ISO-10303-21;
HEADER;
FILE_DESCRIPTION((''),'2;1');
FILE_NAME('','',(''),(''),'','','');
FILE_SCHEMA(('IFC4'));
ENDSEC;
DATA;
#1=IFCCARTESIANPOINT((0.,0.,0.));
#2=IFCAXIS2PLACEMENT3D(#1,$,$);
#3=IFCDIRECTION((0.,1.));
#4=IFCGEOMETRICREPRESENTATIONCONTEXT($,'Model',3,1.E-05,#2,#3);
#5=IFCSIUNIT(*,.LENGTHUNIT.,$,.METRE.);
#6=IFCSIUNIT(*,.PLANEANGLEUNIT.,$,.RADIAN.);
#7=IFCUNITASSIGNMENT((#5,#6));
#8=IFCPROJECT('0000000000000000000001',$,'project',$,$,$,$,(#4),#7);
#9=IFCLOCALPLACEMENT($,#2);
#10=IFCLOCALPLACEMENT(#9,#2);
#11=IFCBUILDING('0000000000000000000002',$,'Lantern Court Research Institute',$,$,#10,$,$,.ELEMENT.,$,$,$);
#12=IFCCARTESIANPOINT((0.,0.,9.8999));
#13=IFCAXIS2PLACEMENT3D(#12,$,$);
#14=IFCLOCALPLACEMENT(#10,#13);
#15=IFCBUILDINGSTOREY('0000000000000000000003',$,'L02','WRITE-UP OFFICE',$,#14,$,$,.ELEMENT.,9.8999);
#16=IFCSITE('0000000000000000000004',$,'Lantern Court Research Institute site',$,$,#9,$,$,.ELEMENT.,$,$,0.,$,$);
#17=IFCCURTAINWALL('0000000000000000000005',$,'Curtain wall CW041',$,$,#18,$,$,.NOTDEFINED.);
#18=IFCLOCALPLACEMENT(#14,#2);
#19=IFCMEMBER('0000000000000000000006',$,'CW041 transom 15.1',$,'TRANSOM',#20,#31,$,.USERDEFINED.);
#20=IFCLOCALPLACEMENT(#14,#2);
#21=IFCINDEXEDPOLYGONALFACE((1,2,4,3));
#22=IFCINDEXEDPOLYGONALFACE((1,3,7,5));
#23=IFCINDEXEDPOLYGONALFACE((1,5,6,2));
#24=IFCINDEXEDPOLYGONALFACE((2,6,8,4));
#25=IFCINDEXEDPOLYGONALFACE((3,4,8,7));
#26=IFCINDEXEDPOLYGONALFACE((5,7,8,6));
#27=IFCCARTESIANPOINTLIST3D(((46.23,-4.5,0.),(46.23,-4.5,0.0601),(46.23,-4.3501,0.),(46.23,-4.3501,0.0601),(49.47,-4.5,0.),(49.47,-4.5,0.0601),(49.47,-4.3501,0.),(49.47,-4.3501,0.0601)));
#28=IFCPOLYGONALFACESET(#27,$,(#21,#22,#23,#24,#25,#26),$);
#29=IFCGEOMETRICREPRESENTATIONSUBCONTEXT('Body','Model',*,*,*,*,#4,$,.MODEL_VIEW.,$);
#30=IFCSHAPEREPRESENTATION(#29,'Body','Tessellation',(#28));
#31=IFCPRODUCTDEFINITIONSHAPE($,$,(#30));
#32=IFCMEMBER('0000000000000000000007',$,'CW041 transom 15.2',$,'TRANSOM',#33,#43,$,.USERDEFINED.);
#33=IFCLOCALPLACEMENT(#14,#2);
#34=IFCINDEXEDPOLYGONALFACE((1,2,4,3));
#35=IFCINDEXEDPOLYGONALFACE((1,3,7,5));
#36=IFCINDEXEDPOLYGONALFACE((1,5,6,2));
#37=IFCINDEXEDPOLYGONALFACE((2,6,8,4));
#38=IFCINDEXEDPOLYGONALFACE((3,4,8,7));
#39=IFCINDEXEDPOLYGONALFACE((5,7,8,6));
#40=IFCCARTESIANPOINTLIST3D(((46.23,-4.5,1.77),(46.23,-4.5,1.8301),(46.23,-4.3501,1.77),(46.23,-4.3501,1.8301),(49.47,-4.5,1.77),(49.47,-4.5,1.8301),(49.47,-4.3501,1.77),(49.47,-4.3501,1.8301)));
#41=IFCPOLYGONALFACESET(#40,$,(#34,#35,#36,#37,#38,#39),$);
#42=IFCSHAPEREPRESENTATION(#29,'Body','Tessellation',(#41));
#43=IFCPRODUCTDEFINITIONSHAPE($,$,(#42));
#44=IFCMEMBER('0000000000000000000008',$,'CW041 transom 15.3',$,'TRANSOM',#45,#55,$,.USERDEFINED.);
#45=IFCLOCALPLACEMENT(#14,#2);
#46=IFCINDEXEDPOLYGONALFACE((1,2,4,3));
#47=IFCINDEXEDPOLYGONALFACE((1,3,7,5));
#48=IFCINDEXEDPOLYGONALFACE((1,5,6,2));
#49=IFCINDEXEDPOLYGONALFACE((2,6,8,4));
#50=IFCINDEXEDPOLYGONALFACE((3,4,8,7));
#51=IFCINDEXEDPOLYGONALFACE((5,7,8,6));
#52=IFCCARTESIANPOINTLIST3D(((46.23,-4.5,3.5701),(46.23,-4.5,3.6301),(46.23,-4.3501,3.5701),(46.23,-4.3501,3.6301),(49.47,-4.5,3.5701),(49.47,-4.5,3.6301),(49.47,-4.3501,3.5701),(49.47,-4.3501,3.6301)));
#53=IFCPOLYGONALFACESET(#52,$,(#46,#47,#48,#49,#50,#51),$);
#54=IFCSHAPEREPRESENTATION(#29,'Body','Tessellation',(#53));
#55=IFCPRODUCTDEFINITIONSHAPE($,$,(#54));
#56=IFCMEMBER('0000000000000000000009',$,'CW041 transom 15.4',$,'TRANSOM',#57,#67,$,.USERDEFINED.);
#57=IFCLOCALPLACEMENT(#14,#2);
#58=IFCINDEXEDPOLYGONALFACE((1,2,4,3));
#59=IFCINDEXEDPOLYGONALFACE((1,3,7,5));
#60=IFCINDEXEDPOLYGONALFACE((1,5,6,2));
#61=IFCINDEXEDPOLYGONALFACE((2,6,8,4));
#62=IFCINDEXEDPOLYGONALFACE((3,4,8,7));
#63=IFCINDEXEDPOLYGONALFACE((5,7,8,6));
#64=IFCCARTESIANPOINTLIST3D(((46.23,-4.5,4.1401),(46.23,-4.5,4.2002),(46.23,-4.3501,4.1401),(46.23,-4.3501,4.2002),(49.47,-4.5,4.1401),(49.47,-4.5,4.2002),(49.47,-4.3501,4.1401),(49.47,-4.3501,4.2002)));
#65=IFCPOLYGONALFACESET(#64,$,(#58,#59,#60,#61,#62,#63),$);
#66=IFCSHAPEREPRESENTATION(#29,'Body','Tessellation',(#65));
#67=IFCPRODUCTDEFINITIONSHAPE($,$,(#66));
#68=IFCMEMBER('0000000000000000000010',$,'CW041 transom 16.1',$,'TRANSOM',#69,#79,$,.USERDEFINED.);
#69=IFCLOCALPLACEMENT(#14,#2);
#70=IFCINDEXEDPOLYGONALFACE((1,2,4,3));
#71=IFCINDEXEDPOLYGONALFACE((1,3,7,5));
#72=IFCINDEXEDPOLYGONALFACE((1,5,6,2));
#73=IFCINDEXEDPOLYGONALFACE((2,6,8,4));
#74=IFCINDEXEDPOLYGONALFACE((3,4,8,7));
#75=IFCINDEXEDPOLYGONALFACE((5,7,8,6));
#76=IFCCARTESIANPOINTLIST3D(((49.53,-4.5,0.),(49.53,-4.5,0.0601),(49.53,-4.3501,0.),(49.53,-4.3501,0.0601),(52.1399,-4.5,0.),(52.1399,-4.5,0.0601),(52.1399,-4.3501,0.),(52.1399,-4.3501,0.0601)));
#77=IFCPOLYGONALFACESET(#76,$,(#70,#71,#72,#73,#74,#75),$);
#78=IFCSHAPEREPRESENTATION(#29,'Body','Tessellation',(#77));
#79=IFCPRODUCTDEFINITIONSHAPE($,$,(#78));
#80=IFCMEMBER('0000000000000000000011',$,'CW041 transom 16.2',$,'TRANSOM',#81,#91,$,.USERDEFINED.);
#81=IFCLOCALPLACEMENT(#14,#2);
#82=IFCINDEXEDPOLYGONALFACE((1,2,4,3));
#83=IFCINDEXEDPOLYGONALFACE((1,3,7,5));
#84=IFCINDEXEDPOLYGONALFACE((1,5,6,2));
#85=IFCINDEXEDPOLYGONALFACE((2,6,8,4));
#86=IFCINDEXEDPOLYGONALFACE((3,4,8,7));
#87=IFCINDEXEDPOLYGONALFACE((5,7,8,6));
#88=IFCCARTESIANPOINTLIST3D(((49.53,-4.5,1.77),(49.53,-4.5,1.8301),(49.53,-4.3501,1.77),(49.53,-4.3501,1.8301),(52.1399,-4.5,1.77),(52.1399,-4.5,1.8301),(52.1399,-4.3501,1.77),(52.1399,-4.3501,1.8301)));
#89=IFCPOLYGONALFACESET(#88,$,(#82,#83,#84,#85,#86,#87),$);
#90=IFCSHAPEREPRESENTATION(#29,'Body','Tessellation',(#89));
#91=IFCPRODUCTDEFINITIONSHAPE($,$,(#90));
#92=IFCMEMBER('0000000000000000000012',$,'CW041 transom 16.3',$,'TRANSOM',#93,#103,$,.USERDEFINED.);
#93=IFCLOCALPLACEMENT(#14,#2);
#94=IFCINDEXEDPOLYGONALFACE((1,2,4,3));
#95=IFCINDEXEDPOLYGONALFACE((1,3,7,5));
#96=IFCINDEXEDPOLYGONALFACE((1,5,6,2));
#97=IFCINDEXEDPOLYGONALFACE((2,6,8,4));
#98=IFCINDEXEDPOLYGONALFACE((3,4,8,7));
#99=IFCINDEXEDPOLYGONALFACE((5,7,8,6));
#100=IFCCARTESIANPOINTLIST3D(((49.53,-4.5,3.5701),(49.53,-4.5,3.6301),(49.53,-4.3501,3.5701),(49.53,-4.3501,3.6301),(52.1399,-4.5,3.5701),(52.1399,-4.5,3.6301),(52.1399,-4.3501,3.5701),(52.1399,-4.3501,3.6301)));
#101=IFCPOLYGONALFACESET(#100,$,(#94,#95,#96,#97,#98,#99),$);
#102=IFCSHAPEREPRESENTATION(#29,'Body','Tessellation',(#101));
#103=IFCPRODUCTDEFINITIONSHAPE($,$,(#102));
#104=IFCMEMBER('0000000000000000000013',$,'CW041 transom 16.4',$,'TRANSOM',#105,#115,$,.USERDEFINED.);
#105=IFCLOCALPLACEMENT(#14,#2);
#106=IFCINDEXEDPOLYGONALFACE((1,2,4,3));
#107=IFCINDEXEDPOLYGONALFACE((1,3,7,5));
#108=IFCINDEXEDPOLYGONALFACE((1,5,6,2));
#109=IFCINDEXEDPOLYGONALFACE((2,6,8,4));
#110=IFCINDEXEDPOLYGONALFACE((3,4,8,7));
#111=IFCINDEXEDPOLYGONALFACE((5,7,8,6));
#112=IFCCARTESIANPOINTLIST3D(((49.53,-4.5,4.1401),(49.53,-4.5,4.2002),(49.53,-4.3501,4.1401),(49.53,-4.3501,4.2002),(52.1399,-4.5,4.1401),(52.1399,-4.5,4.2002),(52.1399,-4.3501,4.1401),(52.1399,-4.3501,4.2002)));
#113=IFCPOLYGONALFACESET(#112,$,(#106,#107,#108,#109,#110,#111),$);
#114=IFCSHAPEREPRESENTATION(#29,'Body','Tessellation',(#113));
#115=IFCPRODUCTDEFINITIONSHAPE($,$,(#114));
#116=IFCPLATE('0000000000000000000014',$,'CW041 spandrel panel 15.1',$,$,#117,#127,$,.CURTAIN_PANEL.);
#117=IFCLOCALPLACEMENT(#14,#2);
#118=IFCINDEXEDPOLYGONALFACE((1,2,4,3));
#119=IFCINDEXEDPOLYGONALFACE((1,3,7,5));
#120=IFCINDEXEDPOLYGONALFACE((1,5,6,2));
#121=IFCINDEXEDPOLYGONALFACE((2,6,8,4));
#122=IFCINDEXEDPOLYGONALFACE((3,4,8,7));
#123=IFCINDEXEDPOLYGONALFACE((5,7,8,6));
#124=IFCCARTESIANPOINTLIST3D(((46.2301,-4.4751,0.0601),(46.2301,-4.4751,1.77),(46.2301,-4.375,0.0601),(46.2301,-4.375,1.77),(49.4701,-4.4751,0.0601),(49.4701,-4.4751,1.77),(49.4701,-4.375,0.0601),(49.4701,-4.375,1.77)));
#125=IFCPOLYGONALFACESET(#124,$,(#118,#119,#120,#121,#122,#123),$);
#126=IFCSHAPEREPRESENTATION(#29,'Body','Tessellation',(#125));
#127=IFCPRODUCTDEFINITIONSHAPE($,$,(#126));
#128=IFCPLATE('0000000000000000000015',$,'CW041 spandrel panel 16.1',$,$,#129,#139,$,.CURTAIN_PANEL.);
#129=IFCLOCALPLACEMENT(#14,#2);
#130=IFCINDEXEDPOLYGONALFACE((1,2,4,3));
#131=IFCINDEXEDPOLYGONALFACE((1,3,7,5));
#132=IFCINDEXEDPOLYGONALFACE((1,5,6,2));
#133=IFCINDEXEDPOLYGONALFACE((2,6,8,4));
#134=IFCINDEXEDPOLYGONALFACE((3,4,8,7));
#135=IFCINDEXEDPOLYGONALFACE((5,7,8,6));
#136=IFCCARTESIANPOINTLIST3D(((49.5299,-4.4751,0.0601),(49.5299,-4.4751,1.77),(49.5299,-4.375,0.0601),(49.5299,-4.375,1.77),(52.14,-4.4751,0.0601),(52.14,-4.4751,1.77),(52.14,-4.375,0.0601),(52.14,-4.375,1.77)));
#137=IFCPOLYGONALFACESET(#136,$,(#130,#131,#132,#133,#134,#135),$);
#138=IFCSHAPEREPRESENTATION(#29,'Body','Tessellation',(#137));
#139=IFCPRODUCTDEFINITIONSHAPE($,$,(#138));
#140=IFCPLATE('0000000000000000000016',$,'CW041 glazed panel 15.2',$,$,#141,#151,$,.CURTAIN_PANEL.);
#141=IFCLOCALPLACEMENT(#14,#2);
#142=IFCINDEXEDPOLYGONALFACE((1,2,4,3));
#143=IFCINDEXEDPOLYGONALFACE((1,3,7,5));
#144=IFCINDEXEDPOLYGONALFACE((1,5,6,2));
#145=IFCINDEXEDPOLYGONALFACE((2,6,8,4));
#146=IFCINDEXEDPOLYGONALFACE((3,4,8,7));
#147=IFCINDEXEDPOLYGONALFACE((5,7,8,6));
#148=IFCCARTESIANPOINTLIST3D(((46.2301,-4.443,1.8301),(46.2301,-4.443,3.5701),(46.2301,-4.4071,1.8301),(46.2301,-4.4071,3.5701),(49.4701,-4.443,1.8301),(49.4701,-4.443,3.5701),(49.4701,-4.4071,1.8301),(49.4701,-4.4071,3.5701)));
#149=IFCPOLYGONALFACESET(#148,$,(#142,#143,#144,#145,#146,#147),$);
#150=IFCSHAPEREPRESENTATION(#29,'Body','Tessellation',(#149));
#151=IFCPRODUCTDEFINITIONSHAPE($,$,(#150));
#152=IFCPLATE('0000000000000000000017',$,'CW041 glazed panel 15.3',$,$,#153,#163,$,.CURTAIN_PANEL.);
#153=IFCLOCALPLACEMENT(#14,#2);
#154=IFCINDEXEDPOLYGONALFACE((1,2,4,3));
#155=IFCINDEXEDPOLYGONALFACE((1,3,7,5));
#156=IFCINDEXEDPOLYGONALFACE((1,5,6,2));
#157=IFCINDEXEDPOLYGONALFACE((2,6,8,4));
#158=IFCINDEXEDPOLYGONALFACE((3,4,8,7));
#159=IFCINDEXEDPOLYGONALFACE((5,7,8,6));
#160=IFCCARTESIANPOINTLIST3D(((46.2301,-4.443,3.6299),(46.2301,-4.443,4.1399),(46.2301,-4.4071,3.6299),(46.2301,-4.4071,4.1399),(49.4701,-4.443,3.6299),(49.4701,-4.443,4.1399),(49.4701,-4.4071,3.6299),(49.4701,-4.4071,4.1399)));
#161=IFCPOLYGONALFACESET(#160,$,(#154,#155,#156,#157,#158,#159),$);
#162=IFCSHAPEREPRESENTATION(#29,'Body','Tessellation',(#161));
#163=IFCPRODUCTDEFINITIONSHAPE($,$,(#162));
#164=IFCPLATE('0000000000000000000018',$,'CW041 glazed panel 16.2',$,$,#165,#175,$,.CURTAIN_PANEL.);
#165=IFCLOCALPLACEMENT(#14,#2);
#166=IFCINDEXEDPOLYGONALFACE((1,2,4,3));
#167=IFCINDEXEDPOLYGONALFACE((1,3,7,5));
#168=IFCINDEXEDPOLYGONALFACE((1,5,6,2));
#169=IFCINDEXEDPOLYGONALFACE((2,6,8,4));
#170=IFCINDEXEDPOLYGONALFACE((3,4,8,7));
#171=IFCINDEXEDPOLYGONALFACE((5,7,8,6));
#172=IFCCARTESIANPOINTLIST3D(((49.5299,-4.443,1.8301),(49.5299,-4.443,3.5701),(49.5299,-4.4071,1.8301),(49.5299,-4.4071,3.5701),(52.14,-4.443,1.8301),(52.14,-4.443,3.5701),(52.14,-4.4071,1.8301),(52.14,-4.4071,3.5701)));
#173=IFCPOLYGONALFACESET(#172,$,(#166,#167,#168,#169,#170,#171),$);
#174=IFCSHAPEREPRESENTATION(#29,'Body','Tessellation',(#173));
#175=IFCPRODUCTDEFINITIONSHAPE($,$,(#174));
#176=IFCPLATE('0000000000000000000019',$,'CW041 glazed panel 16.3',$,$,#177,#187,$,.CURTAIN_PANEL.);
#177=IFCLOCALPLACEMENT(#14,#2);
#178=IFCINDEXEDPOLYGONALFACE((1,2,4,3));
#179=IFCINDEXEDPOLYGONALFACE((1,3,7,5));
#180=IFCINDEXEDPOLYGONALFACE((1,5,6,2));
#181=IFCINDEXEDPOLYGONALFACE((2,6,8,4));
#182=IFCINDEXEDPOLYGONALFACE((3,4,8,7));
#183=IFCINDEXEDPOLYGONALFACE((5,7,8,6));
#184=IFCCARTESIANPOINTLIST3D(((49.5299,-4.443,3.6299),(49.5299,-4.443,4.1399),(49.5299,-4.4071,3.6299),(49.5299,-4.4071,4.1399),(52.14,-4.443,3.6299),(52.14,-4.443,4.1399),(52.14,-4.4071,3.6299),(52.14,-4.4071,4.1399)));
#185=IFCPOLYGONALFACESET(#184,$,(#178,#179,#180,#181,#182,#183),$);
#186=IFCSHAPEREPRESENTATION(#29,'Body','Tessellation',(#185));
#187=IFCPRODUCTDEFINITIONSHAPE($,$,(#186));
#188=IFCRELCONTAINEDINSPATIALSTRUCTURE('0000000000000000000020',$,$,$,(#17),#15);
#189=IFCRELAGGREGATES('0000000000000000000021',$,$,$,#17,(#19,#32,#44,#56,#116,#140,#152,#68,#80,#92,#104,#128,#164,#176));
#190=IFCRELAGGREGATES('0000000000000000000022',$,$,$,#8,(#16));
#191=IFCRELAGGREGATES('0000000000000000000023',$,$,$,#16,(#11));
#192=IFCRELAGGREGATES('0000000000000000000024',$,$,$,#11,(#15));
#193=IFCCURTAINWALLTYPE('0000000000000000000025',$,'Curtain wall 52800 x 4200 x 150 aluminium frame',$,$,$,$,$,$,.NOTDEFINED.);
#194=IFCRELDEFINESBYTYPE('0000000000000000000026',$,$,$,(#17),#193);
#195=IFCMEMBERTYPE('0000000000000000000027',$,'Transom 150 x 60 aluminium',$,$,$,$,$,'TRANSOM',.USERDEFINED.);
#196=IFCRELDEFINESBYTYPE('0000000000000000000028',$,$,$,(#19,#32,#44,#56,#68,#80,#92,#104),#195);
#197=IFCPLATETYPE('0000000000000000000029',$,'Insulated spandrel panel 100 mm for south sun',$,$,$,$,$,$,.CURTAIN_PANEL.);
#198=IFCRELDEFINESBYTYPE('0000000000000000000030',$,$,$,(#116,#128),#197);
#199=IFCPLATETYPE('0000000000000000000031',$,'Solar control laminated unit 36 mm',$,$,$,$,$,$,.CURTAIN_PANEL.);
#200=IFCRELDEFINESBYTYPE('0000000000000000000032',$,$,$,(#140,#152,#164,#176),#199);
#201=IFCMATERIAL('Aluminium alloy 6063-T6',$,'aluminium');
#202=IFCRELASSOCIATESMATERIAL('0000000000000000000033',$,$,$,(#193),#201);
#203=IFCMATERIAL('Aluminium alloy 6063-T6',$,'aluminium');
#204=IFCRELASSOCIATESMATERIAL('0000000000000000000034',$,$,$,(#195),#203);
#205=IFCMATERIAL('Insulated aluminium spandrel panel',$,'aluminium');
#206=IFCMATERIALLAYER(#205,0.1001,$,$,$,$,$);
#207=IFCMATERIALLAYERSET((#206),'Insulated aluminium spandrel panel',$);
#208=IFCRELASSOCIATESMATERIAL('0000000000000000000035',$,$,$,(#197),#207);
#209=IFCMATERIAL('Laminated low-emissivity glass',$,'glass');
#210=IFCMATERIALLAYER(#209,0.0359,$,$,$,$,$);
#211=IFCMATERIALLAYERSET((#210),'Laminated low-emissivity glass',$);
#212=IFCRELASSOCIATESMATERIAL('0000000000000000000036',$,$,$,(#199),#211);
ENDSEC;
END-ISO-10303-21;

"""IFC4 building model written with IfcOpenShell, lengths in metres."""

from ifc_helpers import new_model, si_unit, direction, frame, origin, origin_2d, place, context, subcontext, project, spatial, rectangle, extrude, material, layer, layer_set, material_profile, profile_set, type_object, element, aggregate, save


model = new_model("IFC4")

# Units and contexts
model_context = context("Model", 3, precision=1e-05, world=origin(), true_north=direction((0.0, 1.0)))
body_context = subcontext(model_context, "Body", "Model", "MODEL_VIEW")
ifc_project = project(units=[si_unit("LENGTHUNIT", "METRE"), si_unit("PLANEANGLEUNIT", "RADIAN")], contexts=[model_context])

# Site, building, storey
site_placement = place(None, origin())
site = spatial("IfcSite", under=ifc_project, at=site_placement, Name="Lantern Court Research Institute site", CompositionType="ELEMENT", RefElevation=0.0)
building_placement = place(site_placement, origin())
building = spatial("IfcBuilding", under=site, at=building_placement, Name="Lantern Court Research Institute", CompositionType="ELEMENT")
storey_placement = place(building_placement, frame((0.0, 0.0, 9.8999)))
storey = spatial("IfcBuildingStorey", under=building, at=storey_placement, Name="L02", Description="WRITE-UP OFFICE", CompositionType="ELEMENT", Elevation=9.8999)

# Curtain wall
ifc_material_1 = material(Name="Aluminium alloy 6063-T6", Category="aluminium")
curtain_wall_type = type_object("IfcCurtainWallType", Name="Curtain wall 52800 x 4200 x 150 aluminium frame", PredefinedType="NOTDEFINED", material=ifc_material_1)
curtain_wall_placement = place(storey_placement, origin())
curtain_wall = element("IfcCurtainWall", 1, at=curtain_wall_placement, inside=storey, type_object=curtain_wall_type, Name="Curtain wall CW041", PredefinedType="NOTDEFINED")

# Members
ifc_material_2 = material(Name="Aluminium alloy 6063-T6", Category="aluminium")
ifc_material_profile_1 = material_profile(ifc_material_2, rectangle(XDim=0.1499, YDim=0.0601, at=origin_2d()), Name="Transom 150 x 60")
ifc_profile_set_1 = profile_set([ifc_material_profile_1], Name="Aluminium alloy 6063-T6")
member_type_1 = type_object("IfcMemberType", Name="Transom 150 x 60 aluminium", ElementType="TRANSOM", PredefinedType="USERDEFINED", material=ifc_profile_set_1)
member_1_placement = place(storey_placement, frame((49.47, -4.425, 0.03), z_axis=(-1.0, 0.0, 0.0), x_axis=(0.0, -1.0, 0.0)))
member_1 = element("IfcMember", 2, at=member_1_placement, type_object=member_type_1, Name="CW041 transom 15.1", ObjectType="TRANSOM", PredefinedType="USERDEFINED", context=body_context, shape_type="SweptSolid", body=[
    extrude(rectangle(XDim=0.1499, YDim=0.0601, at=origin_2d()), origin(), (0.0, 0.0, 1.0), 3.24),
])
member_2_placement = place(storey_placement, frame((49.47, -4.425, 1.8), z_axis=(-1.0, 0.0, 0.0), x_axis=(0.0, -1.0, 0.0)))
member_2 = element("IfcMember", 3, at=member_2_placement, type_object=member_type_1, Name="CW041 transom 15.2", ObjectType="TRANSOM", PredefinedType="USERDEFINED", context=body_context, shape_type="SweptSolid", body=[
    extrude(rectangle(XDim=0.1499, YDim=0.0601, at=origin_2d()), origin(), (0.0, 0.0, 1.0), 3.24),
])
member_3_placement = place(storey_placement, frame((49.47, -4.425, 3.6001), z_axis=(-1.0, 0.0, 0.0), x_axis=(0.0, -1.0, 0.0)))
member_3 = element("IfcMember", 4, at=member_3_placement, type_object=member_type_1, Name="CW041 transom 15.3", ObjectType="TRANSOM", PredefinedType="USERDEFINED", context=body_context, shape_type="SweptSolid", body=[
    extrude(rectangle(XDim=0.1499, YDim=0.0601, at=origin_2d()), origin(), (0.0, 0.0, 1.0), 3.24),
])
member_4_placement = place(storey_placement, frame((49.47, -4.425, 4.1702), z_axis=(-1.0, 0.0, 0.0), x_axis=(0.0, -1.0, 0.0)))
member_4 = element("IfcMember", 5, at=member_4_placement, type_object=member_type_1, Name="CW041 transom 15.4", ObjectType="TRANSOM", PredefinedType="USERDEFINED", context=body_context, shape_type="SweptSolid", body=[
    extrude(rectangle(XDim=0.1499, YDim=0.0601, at=origin_2d()), origin(), (0.0, 0.0, 1.0), 3.24),
])
member_5_placement = place(storey_placement, frame((52.1399, -4.425, 0.03), z_axis=(-1.0, 0.0, 0.0), x_axis=(0.0, -1.0, 0.0)))
member_5 = element("IfcMember", 6, at=member_5_placement, type_object=member_type_1, Name="CW041 transom 16.1", ObjectType="TRANSOM", PredefinedType="USERDEFINED", context=body_context, shape_type="SweptSolid", body=[
    extrude(rectangle(XDim=0.1499, YDim=0.0601, at=origin_2d()), origin(), (0.0, 0.0, 1.0), 2.6099),
])
member_6_placement = place(storey_placement, frame((52.1399, -4.425, 1.8), z_axis=(-1.0, 0.0, 0.0), x_axis=(0.0, -1.0, 0.0)))
member_6 = element("IfcMember", 7, at=member_6_placement, type_object=member_type_1, Name="CW041 transom 16.2", ObjectType="TRANSOM", PredefinedType="USERDEFINED", context=body_context, shape_type="SweptSolid", body=[
    extrude(rectangle(XDim=0.1499, YDim=0.0601, at=origin_2d()), origin(), (0.0, 0.0, 1.0), 2.6099),
])
member_7_placement = place(storey_placement, frame((52.1399, -4.425, 3.6001), z_axis=(-1.0, 0.0, 0.0), x_axis=(0.0, -1.0, 0.0)))
member_7 = element("IfcMember", 8, at=member_7_placement, type_object=member_type_1, Name="CW041 transom 16.3", ObjectType="TRANSOM", PredefinedType="USERDEFINED", context=body_context, shape_type="SweptSolid", body=[
    extrude(rectangle(XDim=0.1499, YDim=0.0601, at=origin_2d()), origin(), (0.0, 0.0, 1.0), 2.6099),
])
member_8_placement = place(storey_placement, frame((52.1399, -4.425, 4.1702), z_axis=(-1.0, 0.0, 0.0), x_axis=(0.0, -1.0, 0.0)))
member_8 = element("IfcMember", 9, at=member_8_placement, type_object=member_type_1, Name="CW041 transom 16.4", ObjectType="TRANSOM", PredefinedType="USERDEFINED", context=body_context, shape_type="SweptSolid", body=[
    extrude(rectangle(XDim=0.1499, YDim=0.0601, at=origin_2d()), origin(), (0.0, 0.0, 1.0), 2.6099),
])

# Plates
ifc_material_3 = material(Name="Insulated aluminium spandrel panel", Category="aluminium")
ifc_layer_1 = layer(ifc_material_3, 0.1001)
ifc_layer_set_1 = layer_set([ifc_layer_1], Name="Insulated aluminium spandrel panel")
plate_type_1 = type_object("IfcPlateType", Name="Insulated spandrel panel 100 mm for south sun", PredefinedType="CURTAIN_PANEL", material=ifc_layer_set_1)
plate_1_placement = place(storey_placement, frame((47.8501, -4.425, 0.0601), z_axis=(0.0, 0.0, 1.0), x_axis=(-1.0, 0.0, 0.0)))
plate_1 = element("IfcPlate", 10, at=plate_1_placement, type_object=plate_type_1, Name="CW041 spandrel panel 15.1", PredefinedType="CURTAIN_PANEL", context=body_context, shape_type="SweptSolid", body=[
    extrude(rectangle(XDim=3.24, YDim=0.1001, at=origin_2d()), origin(), (0.0, 0.0, 1.0), 1.71),
])
plate_2_placement = place(storey_placement, frame((50.835, -4.425, 0.0601), z_axis=(0.0, 0.0, 1.0), x_axis=(-1.0, 0.0, 0.0)))
plate_2 = element("IfcPlate", 11, at=plate_2_placement, type_object=plate_type_1, Name="CW041 spandrel panel 16.1", PredefinedType="CURTAIN_PANEL", context=body_context, shape_type="SweptSolid", body=[
    extrude(rectangle(XDim=2.6101, YDim=0.1001, at=origin_2d()), origin(), (0.0, 0.0, 1.0), 1.71),
])
ifc_material_4 = material(Name="Laminated low-emissivity glass", Category="glass")
ifc_layer_2 = layer(ifc_material_4, 0.0359)
ifc_layer_set_2 = layer_set([ifc_layer_2], Name="Laminated low-emissivity glass")
plate_type_2 = type_object("IfcPlateType", Name="Solar control laminated unit 36 mm", PredefinedType="CURTAIN_PANEL", material=ifc_layer_set_2)
plate_3_placement = place(storey_placement, frame((47.8501, -4.425, 1.8301), z_axis=(0.0, 0.0, 1.0), x_axis=(-1.0, 0.0, 0.0)))
plate_3 = element("IfcPlate", 12, at=plate_3_placement, type_object=plate_type_2, Name="CW041 glazed panel 15.2", PredefinedType="CURTAIN_PANEL", context=body_context, shape_type="SweptSolid", body=[
    extrude(rectangle(XDim=3.24, YDim=0.0359, at=origin_2d()), origin(), (0.0, 0.0, 1.0), 1.74),
])
plate_4_placement = place(storey_placement, frame((47.8501, -4.425, 3.6299), z_axis=(0.0, 0.0, 1.0), x_axis=(-1.0, 0.0, 0.0)))
plate_4 = element("IfcPlate", 13, at=plate_4_placement, type_object=plate_type_2, Name="CW041 glazed panel 15.3", PredefinedType="CURTAIN_PANEL", context=body_context, shape_type="SweptSolid", body=[
    extrude(rectangle(XDim=3.24, YDim=0.0359, at=origin_2d()), origin(), (0.0, 0.0, 1.0), 0.51),
])
plate_5_placement = place(storey_placement, frame((50.835, -4.425, 1.8301), z_axis=(0.0, 0.0, 1.0), x_axis=(-1.0, 0.0, 0.0)))
plate_5 = element("IfcPlate", 14, at=plate_5_placement, type_object=plate_type_2, Name="CW041 glazed panel 16.2", PredefinedType="CURTAIN_PANEL", context=body_context, shape_type="SweptSolid", body=[
    extrude(rectangle(XDim=2.6101, YDim=0.0359, at=origin_2d()), origin(), (0.0, 0.0, 1.0), 1.74),
])
plate_6_placement = place(storey_placement, frame((50.835, -4.425, 3.6299), z_axis=(0.0, 0.0, 1.0), x_axis=(-1.0, 0.0, 0.0)))
plate_6 = element("IfcPlate", 15, at=plate_6_placement, type_object=plate_type_2, Name="CW041 glazed panel 16.3", PredefinedType="CURTAIN_PANEL", context=body_context, shape_type="SweptSolid", body=[
    extrude(rectangle(XDim=2.6101, YDim=0.0359, at=origin_2d()), origin(), (0.0, 0.0, 1.0), 0.51),
])
aggregate(curtain_wall, [member_1, member_2, member_3, member_4, plate_1, plate_3, plate_4, member_5, member_6, member_7, member_8, plate_2, plate_5, plate_6])

save(model, "model.ifc")
